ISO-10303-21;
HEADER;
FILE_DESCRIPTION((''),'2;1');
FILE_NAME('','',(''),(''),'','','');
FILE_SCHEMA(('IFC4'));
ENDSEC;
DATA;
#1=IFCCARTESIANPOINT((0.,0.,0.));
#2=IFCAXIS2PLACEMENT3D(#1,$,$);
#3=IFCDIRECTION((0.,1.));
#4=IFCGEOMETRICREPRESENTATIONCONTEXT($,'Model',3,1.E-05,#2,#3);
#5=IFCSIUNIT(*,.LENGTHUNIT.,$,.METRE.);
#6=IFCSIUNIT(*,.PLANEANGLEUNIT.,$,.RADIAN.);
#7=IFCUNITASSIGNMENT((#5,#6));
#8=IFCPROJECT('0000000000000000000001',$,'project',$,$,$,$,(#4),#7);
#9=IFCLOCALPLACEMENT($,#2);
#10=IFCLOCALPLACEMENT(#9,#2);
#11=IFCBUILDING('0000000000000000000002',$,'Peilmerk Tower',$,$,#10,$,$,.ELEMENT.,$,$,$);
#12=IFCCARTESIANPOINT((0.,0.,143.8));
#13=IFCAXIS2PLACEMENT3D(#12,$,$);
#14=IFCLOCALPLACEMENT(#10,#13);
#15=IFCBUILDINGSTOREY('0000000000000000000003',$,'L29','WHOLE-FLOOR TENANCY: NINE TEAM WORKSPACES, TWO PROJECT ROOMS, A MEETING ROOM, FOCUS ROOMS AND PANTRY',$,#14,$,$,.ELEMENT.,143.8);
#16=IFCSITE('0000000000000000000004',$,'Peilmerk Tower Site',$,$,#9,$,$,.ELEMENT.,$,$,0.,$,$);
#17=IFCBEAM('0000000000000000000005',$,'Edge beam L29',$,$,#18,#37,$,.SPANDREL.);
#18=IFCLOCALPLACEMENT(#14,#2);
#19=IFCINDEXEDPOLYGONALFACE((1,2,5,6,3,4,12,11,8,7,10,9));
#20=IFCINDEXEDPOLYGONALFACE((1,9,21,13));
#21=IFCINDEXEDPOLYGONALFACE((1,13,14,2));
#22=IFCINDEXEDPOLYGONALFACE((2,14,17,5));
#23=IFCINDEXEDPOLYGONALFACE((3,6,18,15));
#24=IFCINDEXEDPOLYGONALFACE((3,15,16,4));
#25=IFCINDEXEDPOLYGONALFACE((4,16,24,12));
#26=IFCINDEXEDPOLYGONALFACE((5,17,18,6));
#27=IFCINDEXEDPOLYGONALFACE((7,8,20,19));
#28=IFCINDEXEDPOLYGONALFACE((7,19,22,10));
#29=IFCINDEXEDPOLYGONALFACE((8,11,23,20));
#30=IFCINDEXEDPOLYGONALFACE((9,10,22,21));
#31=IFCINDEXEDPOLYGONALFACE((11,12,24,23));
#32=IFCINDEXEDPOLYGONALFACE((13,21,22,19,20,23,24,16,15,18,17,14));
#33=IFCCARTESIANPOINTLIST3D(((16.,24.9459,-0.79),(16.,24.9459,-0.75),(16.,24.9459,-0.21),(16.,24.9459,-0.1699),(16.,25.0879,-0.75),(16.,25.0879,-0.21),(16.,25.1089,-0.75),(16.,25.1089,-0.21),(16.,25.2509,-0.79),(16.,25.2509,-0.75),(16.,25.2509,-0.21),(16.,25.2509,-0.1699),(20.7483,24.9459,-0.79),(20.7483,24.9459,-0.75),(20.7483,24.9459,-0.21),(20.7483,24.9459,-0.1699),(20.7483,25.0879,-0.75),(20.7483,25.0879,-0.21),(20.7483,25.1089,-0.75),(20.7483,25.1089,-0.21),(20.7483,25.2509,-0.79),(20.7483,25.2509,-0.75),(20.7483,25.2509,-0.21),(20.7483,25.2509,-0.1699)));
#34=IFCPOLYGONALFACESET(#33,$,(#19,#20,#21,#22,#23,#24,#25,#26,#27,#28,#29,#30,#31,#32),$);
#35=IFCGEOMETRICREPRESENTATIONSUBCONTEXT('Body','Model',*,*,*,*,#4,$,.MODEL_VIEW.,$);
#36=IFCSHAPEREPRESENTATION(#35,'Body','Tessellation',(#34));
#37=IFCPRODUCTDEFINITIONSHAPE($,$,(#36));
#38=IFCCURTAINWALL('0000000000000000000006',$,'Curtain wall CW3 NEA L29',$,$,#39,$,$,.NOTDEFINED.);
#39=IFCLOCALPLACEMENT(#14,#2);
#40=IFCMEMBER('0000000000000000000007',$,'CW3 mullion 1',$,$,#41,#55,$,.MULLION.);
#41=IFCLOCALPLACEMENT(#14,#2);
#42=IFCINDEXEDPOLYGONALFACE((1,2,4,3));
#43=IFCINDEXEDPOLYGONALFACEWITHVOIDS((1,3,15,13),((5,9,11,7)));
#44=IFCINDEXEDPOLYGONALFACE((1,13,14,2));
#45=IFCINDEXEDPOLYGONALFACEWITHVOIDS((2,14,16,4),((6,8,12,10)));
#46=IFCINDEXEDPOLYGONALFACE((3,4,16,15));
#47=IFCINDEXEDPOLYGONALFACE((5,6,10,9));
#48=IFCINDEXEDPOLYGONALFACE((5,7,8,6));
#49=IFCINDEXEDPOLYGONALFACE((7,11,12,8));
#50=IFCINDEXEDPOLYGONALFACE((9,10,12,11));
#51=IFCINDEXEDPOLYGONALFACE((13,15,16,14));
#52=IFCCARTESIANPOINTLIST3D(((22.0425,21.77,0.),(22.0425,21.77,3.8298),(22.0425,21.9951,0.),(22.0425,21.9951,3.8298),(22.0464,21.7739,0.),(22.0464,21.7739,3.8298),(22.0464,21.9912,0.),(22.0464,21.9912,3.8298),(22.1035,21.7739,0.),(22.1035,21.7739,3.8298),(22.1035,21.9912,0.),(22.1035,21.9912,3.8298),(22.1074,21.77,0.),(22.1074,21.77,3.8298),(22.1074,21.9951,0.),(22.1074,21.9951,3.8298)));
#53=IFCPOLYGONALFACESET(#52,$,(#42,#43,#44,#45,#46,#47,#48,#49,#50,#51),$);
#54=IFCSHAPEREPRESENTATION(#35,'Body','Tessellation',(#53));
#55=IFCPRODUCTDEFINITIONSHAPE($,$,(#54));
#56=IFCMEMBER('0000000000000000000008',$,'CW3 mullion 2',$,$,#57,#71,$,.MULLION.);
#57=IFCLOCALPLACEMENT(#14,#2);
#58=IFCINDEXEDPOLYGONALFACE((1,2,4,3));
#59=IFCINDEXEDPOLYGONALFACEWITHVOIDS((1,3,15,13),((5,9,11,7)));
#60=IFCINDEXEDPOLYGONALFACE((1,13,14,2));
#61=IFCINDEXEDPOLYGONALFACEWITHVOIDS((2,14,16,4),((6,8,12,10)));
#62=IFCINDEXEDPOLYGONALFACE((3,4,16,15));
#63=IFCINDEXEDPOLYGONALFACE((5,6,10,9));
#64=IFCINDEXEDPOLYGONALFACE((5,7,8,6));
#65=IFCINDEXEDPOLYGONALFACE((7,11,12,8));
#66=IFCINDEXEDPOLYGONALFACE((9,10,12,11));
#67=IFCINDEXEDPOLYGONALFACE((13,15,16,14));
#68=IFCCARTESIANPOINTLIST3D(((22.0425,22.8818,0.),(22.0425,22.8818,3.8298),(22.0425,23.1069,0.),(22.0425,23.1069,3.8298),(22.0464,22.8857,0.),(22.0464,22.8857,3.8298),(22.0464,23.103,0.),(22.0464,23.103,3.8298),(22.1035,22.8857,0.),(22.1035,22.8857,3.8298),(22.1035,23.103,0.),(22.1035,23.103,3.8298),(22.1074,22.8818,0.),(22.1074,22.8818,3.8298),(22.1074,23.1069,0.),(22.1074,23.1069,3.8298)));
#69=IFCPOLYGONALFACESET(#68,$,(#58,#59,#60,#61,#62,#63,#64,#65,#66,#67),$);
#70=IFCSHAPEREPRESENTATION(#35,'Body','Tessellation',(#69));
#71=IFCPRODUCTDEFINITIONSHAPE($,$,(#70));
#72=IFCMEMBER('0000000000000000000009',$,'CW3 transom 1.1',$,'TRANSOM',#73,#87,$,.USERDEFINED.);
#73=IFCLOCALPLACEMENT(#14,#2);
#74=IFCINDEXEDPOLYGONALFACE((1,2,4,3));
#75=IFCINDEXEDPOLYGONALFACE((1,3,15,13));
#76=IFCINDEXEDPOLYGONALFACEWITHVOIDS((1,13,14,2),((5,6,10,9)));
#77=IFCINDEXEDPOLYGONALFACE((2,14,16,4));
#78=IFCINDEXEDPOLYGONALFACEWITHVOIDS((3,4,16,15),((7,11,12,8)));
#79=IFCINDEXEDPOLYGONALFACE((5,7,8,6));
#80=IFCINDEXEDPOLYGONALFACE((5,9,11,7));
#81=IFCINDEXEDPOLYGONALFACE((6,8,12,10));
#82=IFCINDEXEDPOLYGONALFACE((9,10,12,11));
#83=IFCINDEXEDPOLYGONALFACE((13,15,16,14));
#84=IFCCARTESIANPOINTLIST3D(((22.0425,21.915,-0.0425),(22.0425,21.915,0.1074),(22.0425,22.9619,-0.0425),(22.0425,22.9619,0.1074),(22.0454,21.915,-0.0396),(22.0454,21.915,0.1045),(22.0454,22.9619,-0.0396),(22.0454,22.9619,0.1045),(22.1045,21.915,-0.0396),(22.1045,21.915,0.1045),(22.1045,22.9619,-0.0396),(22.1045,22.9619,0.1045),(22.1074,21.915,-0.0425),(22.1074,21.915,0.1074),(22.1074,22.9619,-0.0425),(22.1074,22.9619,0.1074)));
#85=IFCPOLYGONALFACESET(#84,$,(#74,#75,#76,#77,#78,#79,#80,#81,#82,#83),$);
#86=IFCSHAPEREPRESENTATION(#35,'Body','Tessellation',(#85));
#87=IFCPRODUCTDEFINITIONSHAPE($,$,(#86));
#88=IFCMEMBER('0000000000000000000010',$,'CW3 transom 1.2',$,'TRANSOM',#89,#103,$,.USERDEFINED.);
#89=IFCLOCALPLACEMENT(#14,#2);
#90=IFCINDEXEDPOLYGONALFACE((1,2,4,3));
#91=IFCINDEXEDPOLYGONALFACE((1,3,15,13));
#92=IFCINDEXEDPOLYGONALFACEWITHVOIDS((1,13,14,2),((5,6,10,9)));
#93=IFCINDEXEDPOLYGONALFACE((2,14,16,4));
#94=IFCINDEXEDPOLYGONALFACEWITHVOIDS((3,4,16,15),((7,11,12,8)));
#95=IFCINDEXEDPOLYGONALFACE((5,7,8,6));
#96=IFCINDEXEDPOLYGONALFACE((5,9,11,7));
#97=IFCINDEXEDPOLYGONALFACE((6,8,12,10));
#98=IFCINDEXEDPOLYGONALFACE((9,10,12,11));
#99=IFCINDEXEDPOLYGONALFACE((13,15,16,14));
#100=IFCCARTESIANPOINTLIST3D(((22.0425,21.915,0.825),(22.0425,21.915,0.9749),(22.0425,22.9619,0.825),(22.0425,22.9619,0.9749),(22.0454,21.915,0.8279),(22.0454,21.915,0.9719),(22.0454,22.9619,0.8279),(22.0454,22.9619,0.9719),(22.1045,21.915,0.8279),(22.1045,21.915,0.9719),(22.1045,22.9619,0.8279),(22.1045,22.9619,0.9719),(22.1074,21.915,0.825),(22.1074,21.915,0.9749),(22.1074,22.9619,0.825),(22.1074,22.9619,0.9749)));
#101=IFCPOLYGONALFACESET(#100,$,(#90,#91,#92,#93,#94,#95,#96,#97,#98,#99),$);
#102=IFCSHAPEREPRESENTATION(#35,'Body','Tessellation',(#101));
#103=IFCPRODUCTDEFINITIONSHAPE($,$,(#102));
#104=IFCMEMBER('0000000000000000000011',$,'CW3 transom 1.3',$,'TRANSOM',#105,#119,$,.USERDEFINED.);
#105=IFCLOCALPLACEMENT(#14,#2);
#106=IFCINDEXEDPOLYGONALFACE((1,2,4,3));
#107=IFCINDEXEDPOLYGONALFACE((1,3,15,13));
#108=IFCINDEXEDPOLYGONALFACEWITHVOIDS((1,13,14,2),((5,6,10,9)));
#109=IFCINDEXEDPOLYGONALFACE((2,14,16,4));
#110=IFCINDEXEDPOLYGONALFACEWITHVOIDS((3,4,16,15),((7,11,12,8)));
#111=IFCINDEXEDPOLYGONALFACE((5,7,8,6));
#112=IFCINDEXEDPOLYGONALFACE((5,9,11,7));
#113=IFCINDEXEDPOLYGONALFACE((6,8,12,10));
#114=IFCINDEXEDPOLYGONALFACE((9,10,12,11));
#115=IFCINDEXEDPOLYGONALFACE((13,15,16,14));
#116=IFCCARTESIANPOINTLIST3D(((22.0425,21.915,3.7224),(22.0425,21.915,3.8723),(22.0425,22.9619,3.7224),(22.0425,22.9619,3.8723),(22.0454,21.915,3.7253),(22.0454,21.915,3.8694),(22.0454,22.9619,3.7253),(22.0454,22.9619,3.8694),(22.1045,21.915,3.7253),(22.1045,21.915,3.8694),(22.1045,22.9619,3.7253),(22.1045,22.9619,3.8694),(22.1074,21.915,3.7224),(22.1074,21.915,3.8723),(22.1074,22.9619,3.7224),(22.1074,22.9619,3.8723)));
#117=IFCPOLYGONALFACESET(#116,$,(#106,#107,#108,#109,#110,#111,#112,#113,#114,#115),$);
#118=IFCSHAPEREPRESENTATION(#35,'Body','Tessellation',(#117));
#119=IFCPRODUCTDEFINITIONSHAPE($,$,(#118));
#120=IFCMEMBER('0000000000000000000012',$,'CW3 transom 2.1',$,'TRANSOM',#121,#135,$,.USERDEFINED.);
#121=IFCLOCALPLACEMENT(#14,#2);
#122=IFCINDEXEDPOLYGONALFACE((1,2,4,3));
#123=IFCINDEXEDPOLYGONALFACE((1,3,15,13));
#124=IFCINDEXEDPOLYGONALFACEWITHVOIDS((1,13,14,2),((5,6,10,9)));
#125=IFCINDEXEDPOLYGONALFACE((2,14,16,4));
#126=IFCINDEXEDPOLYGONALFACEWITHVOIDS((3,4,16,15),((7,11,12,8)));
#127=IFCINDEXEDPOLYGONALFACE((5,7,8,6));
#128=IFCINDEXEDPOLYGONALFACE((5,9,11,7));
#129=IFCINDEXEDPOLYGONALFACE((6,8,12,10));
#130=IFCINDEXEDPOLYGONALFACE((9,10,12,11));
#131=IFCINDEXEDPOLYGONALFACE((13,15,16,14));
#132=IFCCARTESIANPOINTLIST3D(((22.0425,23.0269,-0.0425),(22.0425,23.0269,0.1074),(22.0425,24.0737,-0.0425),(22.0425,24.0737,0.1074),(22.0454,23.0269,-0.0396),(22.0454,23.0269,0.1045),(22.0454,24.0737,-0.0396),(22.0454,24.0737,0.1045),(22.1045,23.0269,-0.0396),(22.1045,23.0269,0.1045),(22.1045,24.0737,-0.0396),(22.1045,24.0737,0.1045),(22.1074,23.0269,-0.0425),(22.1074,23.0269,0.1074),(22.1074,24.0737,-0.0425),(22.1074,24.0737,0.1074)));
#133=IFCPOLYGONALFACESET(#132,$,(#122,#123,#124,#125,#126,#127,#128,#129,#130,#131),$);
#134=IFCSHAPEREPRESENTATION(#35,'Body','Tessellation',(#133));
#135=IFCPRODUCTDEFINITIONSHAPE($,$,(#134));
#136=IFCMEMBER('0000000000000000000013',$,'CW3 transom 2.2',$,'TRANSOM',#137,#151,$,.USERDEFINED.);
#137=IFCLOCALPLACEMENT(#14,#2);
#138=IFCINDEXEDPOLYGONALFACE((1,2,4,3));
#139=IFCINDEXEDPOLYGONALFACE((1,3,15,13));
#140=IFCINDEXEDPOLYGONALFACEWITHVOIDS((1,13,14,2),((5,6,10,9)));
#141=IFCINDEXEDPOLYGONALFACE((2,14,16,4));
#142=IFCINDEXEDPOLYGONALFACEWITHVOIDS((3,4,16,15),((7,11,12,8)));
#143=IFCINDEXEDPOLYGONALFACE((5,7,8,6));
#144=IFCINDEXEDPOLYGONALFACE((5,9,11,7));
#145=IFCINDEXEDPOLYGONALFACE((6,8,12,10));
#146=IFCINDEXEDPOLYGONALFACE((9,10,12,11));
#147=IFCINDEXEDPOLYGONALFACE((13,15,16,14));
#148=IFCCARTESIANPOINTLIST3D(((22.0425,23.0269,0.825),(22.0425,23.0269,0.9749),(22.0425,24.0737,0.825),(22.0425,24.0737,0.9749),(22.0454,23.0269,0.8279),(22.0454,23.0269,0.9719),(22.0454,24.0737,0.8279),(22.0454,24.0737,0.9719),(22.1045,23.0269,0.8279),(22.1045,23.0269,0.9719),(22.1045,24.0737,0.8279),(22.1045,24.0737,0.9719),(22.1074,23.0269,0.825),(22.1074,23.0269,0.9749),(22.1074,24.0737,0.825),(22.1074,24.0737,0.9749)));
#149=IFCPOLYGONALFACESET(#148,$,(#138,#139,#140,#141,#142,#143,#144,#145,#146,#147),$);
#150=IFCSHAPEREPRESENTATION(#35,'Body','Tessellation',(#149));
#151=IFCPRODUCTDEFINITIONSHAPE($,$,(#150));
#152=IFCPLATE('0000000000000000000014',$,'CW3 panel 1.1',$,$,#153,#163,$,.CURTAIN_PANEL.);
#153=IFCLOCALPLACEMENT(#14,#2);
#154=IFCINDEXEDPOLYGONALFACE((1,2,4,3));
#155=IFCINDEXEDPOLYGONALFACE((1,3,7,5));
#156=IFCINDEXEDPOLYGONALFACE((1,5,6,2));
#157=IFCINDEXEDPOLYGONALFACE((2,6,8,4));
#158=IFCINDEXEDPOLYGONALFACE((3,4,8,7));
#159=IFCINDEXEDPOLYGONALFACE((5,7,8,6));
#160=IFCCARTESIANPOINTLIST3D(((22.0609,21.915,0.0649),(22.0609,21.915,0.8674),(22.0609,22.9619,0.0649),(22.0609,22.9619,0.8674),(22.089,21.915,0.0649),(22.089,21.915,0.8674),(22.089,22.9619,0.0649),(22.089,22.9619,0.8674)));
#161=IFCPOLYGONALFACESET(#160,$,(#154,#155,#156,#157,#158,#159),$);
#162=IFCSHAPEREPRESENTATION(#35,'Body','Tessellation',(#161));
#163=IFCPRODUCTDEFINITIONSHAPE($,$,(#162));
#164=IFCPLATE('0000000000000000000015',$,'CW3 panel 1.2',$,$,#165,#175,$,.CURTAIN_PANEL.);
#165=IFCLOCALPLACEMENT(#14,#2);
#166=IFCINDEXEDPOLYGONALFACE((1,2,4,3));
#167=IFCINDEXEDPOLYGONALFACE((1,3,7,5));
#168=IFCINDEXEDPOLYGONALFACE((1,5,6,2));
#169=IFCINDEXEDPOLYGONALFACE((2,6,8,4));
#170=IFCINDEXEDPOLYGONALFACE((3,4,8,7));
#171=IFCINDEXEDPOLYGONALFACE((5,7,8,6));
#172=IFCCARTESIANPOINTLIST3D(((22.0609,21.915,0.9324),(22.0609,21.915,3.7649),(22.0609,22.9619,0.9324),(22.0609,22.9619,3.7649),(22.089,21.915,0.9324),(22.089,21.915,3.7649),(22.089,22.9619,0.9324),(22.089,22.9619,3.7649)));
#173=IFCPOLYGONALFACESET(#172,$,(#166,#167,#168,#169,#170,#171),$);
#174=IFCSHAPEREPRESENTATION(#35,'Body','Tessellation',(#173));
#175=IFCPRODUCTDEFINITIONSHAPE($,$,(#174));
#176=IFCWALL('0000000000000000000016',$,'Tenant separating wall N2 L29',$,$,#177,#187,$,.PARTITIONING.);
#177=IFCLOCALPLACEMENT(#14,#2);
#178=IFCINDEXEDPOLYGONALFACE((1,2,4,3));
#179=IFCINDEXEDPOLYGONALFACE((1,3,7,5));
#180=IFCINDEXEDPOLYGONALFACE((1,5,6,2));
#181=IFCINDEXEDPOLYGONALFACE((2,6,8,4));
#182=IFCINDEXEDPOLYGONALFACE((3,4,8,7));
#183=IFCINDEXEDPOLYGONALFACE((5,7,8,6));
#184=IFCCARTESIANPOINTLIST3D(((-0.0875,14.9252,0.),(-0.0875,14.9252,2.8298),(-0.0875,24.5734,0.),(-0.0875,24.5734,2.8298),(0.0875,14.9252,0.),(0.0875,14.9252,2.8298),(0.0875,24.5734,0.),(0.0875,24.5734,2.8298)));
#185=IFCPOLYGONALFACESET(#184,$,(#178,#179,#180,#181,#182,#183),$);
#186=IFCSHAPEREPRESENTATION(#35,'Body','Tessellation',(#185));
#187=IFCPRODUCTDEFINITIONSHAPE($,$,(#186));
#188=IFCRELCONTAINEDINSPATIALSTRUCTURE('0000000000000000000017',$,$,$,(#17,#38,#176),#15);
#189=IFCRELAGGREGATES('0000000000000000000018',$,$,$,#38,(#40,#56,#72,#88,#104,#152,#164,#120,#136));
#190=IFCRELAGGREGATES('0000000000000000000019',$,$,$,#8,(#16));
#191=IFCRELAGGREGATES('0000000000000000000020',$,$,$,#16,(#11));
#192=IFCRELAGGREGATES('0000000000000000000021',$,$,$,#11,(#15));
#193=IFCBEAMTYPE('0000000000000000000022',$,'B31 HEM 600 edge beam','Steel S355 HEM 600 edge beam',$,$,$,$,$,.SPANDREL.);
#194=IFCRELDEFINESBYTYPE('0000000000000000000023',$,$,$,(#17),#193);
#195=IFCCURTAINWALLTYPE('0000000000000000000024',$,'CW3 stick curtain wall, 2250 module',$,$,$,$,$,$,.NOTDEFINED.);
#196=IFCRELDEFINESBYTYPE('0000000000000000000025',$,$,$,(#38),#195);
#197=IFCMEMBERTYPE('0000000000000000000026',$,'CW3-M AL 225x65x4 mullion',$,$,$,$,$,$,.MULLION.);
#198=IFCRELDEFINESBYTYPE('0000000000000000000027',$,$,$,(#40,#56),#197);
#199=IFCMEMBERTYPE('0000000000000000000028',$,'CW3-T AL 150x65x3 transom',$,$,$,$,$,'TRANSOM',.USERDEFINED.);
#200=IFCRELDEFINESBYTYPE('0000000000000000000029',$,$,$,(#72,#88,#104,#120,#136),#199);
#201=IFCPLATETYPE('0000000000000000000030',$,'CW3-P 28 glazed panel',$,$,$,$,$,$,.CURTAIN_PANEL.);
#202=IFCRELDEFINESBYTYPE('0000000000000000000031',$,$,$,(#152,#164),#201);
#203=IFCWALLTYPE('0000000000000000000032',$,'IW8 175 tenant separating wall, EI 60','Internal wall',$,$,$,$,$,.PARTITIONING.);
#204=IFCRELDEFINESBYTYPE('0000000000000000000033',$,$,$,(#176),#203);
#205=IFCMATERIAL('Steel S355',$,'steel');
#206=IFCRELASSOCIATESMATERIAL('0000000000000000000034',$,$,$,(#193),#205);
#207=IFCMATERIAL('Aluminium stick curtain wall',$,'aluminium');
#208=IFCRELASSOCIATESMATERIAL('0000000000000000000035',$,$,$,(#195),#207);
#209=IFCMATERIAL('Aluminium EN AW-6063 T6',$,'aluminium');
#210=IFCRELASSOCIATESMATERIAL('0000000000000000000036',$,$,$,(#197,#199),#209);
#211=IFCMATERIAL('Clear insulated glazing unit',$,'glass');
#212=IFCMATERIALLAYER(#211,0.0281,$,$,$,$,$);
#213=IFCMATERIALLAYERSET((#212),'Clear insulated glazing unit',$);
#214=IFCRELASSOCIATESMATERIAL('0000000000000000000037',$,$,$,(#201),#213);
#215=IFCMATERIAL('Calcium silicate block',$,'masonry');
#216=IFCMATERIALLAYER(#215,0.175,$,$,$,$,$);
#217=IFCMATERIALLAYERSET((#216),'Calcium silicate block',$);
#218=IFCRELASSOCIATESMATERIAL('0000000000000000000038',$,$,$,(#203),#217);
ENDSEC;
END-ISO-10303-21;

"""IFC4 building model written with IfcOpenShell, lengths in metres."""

from ifc_helpers import new_model, si_unit, direction, frame, frame_2d, origin, origin_2d, place, context, subcontext, project, spatial, rectangle, hollow_rectangle, i_section, extrude, material, layer, layer_set, material_profile, profile_set, type_object, element, aggregate, save


model = new_model("IFC4")

# Units and contexts
model_context = context("Model", 3, precision=1e-05, world=origin(), true_north=direction((0.0, 1.0)))
body_context = subcontext(model_context, "Body", "Model", "MODEL_VIEW")
ifc_project = project(units=[si_unit("LENGTHUNIT", "METRE"), si_unit("PLANEANGLEUNIT", "RADIAN")], contexts=[model_context])

# Site, building, storey
site_placement = place(None, origin())
site = spatial("IfcSite", under=ifc_project, at=site_placement, Name="Peilmerk Tower Site", CompositionType="ELEMENT", RefElevation=0.0)
building_placement = place(site_placement, origin())
building = spatial("IfcBuilding", under=site, at=building_placement, Name="Peilmerk Tower", CompositionType="ELEMENT")
storey_placement = place(building_placement, frame((0.0, 0.0, 143.8)))
storey = spatial("IfcBuildingStorey", under=building, at=storey_placement, Name="L29", Description="WHOLE-FLOOR TENANCY: NINE TEAM WORKSPACES, TWO PROJECT ROOMS, A MEETING ROOM, FOCUS ROOMS AND PANTRY", CompositionType="ELEMENT", Elevation=143.8)

# Beam
ifc_material_1 = material(Name="Steel S355", Category="steel")
ifc_material_profile_1 = material_profile(ifc_material_1, i_section(OverallWidth=0.3049, OverallDepth=0.6201, WebThickness=0.021, FlangeThickness=0.04, at=origin_2d()), Name="HEM 600")
ifc_profile_set_1 = profile_set([ifc_material_profile_1], Name="Steel S355")
beam_type_1 = type_object("IfcBeamType", Name="B31 HEM 600 edge beam", Description="Steel S355 HEM 600 edge beam", PredefinedType="SPANDREL", material=ifc_profile_set_1)
beam_1_placement = place(storey_placement, frame((20.7483, 25.0984, -0.48), z_axis=(-1.0, 0.0, 0.0), x_axis=(0.0, -1.0, 0.0)))
element("IfcBeam", 1, at=beam_1_placement, inside=storey, type_object=beam_type_1, Name="Edge beam L29", PredefinedType="SPANDREL", context=body_context, shape_type="SweptSolid", body=[
    extrude(i_section(OverallWidth=0.3049, OverallDepth=0.6201, WebThickness=0.021, FlangeThickness=0.04, at=origin_2d()), origin(), (0.0, 0.0, 1.0), 4.7483),
])

# Curtain wall, members, plates
ifc_material_2 = material(Name="Aluminium stick curtain wall", Category="aluminium")
curtain_wall_type = type_object("IfcCurtainWallType", Name="CW3 stick curtain wall, 2250 module", PredefinedType="NOTDEFINED", material=ifc_material_2)
curtain_wall_placement = place(storey_placement, origin())
curtain_wall = element("IfcCurtainWall", 2, at=curtain_wall_placement, inside=storey, type_object=curtain_wall_type, Name="Curtain wall CW3 NEA L29", PredefinedType="NOTDEFINED")
ifc_material_3 = material(Name="Aluminium EN AW-6063 T6", Category="aluminium")
ifc_material_profile_2 = material_profile(ifc_material_3, hollow_rectangle(XDim=0.0649, YDim=0.2251, WallThickness=0.0039, at=origin_2d()), Name="AL 225x65x4")
ifc_profile_set_2 = profile_set([ifc_material_profile_2], Name="Aluminium EN AW-6063 T6")
member_type_1 = type_object("IfcMemberType", Name="CW3-M AL 225x65x4 mullion", PredefinedType="MULLION", material=ifc_profile_set_2)
member_1_placement = place(storey_placement, frame((22.075, 21.8826, 0.0), z_axis=(0.0, 0.0, 1.0), x_axis=(-1.0, 0.0, 0.0)))
member_1 = element("IfcMember", 3, at=member_1_placement, type_object=member_type_1, Name="CW3 mullion 1", PredefinedType="MULLION", context=body_context, shape_type="SweptSolid", body=[
    extrude(hollow_rectangle(XDim=0.0649, YDim=0.2251, WallThickness=0.0039, at=origin_2d()), origin(), (0.0, 0.0, 1.0), 3.8298),
])
member_2_placement = place(storey_placement, frame((22.075, 22.9944, 0.0), z_axis=(0.0, 0.0, 1.0), x_axis=(-1.0, 0.0, 0.0)))
member_2 = element("IfcMember", 4, at=member_2_placement, type_object=member_type_1, Name="CW3 mullion 2", PredefinedType="MULLION", context=body_context, shape_type="SweptSolid", body=[
    extrude(hollow_rectangle(XDim=0.0649, YDim=0.2251, WallThickness=0.0039, at=origin_2d()), origin(), (0.0, 0.0, 1.0), 3.8298),
])
ifc_material_profile_3 = material_profile(ifc_material_3, hollow_rectangle(XDim=0.0649, YDim=0.1499, WallThickness=0.0029, at=origin_2d()), Name="AL 150x65x3")
ifc_profile_set_3 = profile_set([ifc_material_profile_3], Name="Aluminium EN AW-6063 T6")
member_type_2 = type_object("IfcMemberType", Name="CW3-T AL 150x65x3 transom", ElementType="TRANSOM", PredefinedType="USERDEFINED", material=ifc_profile_set_3)
member_3_placement = place(storey_placement, frame((22.075, 21.915, 0.0325), z_axis=(0.0, 1.0, 0.0), x_axis=(-1.0, 0.0, 0.0)))
member_3 = element("IfcMember", 5, at=member_3_placement, type_object=member_type_2, Name="CW3 transom 1.1", ObjectType="TRANSOM", PredefinedType="USERDEFINED", context=body_context, shape_type="SweptSolid", body=[
    extrude(hollow_rectangle(XDim=0.0649, YDim=0.1499, WallThickness=0.0029, at=origin_2d()), origin(), (0.0, 0.0, 1.0), 1.0469),
])
member_4_placement = place(storey_placement, frame((22.075, 21.915, 0.8999), z_axis=(0.0, 1.0, 0.0), x_axis=(-1.0, 0.0, 0.0)))
member_4 = element("IfcMember", 6, at=member_4_placement, type_object=member_type_2, Name="CW3 transom 1.2", ObjectType="TRANSOM", PredefinedType="USERDEFINED", context=body_context, shape_type="SweptSolid", body=[
    extrude(hollow_rectangle(XDim=0.0649, YDim=0.1499, WallThickness=0.0029, at=origin_2d()), origin(), (0.0, 0.0, 1.0), 1.0469),
])
member_5_placement = place(storey_placement, frame((22.075, 21.915, 3.7974), z_axis=(0.0, 1.0, 0.0), x_axis=(-1.0, 0.0, 0.0)))
member_5 = element("IfcMember", 7, at=member_5_placement, type_object=member_type_2, Name="CW3 transom 1.3", ObjectType="TRANSOM", PredefinedType="USERDEFINED", context=body_context, shape_type="SweptSolid", body=[
    extrude(hollow_rectangle(XDim=0.0649, YDim=0.1499, WallThickness=0.0029, at=origin_2d()), origin(), (0.0, 0.0, 1.0), 1.0469),
])
member_6_placement = place(storey_placement, frame((22.075, 23.0269, 0.0325), z_axis=(0.0, 1.0, 0.0), x_axis=(-1.0, 0.0, 0.0)))
member_6 = element("IfcMember", 8, at=member_6_placement, type_object=member_type_2, Name="CW3 transom 2.1", ObjectType="TRANSOM", PredefinedType="USERDEFINED", context=body_context, shape_type="SweptSolid", body=[
    extrude(hollow_rectangle(XDim=0.0649, YDim=0.1499, WallThickness=0.0029, at=origin_2d()), origin(), (0.0, 0.0, 1.0), 1.0469),
])
member_7_placement = place(storey_placement, frame((22.075, 23.0269, 0.8999), z_axis=(0.0, 1.0, 0.0), x_axis=(-1.0, 0.0, 0.0)))
member_7 = element("IfcMember", 9, at=member_7_placement, type_object=member_type_2, Name="CW3 transom 2.2", ObjectType="TRANSOM", PredefinedType="USERDEFINED", context=body_context, shape_type="SweptSolid", body=[
    extrude(hollow_rectangle(XDim=0.0649, YDim=0.1499, WallThickness=0.0029, at=origin_2d()), origin(), (0.0, 0.0, 1.0), 1.0469),
])
ifc_material_4 = material(Name="Clear insulated glazing unit", Category="glass")
ifc_layer_1 = layer(ifc_material_4, 0.0281)
ifc_layer_set_1 = layer_set([ifc_layer_1], Name="Clear insulated glazing unit")
plate_type = type_object("IfcPlateType", Name="CW3-P 28 glazed panel", PredefinedType="CURTAIN_PANEL", material=ifc_layer_set_1)
plate_1_placement = place(storey_placement, frame((22.075, 22.4385, 0.0649), z_axis=(0.0, 0.0, 1.0), x_axis=(0.0, 1.0, 0.0)))
plate_1 = element("IfcPlate", 10, at=plate_1_placement, type_object=plate_type, Name="CW3 panel 1.1", PredefinedType="CURTAIN_PANEL", context=body_context, shape_type="SweptSolid", body=[
    extrude(rectangle(XDim=1.0469, YDim=0.0281, at=origin_2d()), origin(), (0.0, 0.0, 1.0), 0.8025),
])
plate_2_placement = place(storey_placement, frame((22.075, 22.4385, 0.9324), z_axis=(0.0, 0.0, 1.0), x_axis=(0.0, 1.0, 0.0)))
plate_2 = element("IfcPlate", 11, at=plate_2_placement, type_object=plate_type, Name="CW3 panel 1.2", PredefinedType="CURTAIN_PANEL", context=body_context, shape_type="SweptSolid", body=[
    extrude(rectangle(XDim=1.0469, YDim=0.0281, at=origin_2d()), origin(), (0.0, 0.0, 1.0), 2.8325),
])
aggregate(curtain_wall, [member_1, member_2, member_3, member_4, member_5, plate_1, plate_2, member_6, member_7])

# Wall
ifc_material_5 = material(Name="Calcium silicate block", Category="masonry")
ifc_layer_2 = layer(ifc_material_5, 0.175)
ifc_layer_set_2 = layer_set([ifc_layer_2], Name="Calcium silicate block")
wall_type = type_object("IfcWallType", Name="IW8 175 tenant separating wall, EI 60", Description="Internal wall", PredefinedType="PARTITIONING", material=ifc_layer_set_2)
wall_1_placement = place(storey_placement, frame((0.0, 14.925, 0.0), z_axis=(0.0, 0.0, 1.0), x_axis=(0.0, 1.0, 0.0)))
element("IfcWall", 12, at=wall_1_placement, inside=storey, type_object=wall_type, Name="Tenant separating wall N2 L29", PredefinedType="PARTITIONING", context=body_context, shape_type="SweptSolid", body=[
    extrude(rectangle(XDim=9.6482, YDim=0.175, at=frame_2d((4.8242, 0.0))), origin(), (0.0, 0.0, 1.0), 2.8298),
])

save(model, "model.ifc")
